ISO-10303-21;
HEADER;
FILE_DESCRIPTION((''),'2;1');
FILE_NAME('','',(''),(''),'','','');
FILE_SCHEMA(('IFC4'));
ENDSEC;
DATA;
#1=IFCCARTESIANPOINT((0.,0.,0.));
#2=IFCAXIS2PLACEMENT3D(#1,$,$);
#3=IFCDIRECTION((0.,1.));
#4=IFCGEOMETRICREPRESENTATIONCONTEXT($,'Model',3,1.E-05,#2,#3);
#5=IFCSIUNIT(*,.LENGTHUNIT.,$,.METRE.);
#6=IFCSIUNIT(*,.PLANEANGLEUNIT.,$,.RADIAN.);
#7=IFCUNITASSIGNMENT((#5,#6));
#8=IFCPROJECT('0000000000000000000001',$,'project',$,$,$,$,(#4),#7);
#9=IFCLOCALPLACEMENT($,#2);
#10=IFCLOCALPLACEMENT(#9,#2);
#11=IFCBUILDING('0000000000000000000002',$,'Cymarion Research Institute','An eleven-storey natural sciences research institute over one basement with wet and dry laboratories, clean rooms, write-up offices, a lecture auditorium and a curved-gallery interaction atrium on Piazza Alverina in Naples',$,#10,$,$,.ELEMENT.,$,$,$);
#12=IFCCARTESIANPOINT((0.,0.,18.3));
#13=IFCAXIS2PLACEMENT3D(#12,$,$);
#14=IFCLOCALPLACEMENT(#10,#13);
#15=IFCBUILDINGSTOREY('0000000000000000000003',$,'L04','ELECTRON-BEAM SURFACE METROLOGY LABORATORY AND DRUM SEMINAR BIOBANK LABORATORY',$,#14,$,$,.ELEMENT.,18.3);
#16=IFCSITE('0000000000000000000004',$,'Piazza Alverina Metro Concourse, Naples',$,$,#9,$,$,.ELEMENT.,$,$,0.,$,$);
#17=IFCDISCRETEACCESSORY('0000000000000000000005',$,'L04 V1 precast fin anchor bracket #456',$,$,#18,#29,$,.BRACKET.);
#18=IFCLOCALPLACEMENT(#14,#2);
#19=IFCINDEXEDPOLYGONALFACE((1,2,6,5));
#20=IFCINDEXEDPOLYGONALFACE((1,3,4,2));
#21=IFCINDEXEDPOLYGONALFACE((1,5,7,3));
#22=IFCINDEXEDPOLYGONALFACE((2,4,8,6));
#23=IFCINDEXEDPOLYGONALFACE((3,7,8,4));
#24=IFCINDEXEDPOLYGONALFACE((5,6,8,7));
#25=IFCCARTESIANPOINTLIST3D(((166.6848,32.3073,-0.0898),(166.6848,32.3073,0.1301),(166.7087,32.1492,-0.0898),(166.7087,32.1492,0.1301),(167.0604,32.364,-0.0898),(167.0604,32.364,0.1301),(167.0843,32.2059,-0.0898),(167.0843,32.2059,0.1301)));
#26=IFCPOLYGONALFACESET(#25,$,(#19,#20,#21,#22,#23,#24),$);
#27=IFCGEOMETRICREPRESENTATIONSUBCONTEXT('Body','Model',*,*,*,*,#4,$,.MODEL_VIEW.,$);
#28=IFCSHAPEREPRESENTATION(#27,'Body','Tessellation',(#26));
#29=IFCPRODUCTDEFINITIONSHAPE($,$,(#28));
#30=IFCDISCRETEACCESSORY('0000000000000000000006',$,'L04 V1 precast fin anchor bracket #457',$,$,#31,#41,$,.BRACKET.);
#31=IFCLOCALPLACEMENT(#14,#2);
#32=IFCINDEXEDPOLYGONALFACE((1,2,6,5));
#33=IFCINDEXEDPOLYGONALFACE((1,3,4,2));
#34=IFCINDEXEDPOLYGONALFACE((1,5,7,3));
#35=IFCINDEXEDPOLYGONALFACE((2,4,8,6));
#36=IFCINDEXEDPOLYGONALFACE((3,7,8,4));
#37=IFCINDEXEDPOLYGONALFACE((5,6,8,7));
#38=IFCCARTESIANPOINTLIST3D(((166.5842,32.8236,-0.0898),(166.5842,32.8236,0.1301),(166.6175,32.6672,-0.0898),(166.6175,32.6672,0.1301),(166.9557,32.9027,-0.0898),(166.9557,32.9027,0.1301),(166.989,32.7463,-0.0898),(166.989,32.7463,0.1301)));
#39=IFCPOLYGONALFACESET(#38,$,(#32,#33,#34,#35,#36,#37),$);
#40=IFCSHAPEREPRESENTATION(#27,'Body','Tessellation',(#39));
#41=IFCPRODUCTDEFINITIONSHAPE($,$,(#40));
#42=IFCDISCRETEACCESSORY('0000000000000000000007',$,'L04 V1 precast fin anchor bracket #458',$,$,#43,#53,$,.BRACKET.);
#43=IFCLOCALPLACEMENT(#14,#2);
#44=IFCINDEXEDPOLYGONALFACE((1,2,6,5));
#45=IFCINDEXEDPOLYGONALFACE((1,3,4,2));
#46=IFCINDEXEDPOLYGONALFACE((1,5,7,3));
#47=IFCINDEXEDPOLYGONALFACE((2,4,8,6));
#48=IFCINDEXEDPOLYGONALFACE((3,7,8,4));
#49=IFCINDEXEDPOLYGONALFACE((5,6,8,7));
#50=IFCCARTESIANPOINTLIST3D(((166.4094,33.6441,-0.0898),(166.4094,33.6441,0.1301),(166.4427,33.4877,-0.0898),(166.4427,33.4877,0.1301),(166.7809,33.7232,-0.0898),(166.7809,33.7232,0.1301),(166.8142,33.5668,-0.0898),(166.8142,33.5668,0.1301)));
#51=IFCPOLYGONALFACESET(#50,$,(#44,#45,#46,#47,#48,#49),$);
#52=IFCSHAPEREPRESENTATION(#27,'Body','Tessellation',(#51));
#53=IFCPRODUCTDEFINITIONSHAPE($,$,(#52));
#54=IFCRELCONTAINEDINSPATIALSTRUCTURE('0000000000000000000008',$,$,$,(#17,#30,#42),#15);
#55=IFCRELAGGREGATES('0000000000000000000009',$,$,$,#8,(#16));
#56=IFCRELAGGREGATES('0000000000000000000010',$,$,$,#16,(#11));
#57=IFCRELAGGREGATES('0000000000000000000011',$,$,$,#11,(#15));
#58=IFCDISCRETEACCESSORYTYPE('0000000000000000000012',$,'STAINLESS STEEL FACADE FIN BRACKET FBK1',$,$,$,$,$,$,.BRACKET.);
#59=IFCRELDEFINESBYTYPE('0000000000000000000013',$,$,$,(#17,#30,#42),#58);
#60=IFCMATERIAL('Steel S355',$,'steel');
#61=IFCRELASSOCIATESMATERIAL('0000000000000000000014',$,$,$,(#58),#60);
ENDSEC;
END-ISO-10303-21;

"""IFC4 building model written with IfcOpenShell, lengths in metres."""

from ifc_helpers import new_model, si_unit, direction, frame, origin, origin_2d, place, context, subcontext, project, spatial, rectangle, extrude, material, type_object, element, save


model = new_model("IFC4")

# Units and contexts
model_context = context("Model", 3, precision=1e-05, world=origin(), true_north=direction((0.0, 1.0)))
body_context = subcontext(model_context, "Body", "Model", "MODEL_VIEW")
ifc_project = project(units=[si_unit("LENGTHUNIT", "METRE"), si_unit("PLANEANGLEUNIT", "RADIAN")], contexts=[model_context])

# Site, building, storey
site_placement = place(None, origin())
site = spatial("IfcSite", under=ifc_project, at=site_placement, Name="Piazza Alverina Metro Concourse, Naples", CompositionType="ELEMENT", RefElevation=0.0)
building_placement = place(site_placement, origin())
building = spatial("IfcBuilding", under=site, at=building_placement, Name="Cymarion Research Institute", Description="An eleven-storey natural sciences research institute over one basement with wet and dry laboratories, clean rooms, write-up offices, a lecture auditorium and a curved-gallery interaction atrium on Piazza Alverina in Naples", CompositionType="ELEMENT")
storey_placement = place(building_placement, frame((0.0, 0.0, 18.3)))
storey = spatial("IfcBuildingStorey", under=building, at=storey_placement, Name="L04", Description="ELECTRON-BEAM SURFACE METROLOGY LABORATORY AND DRUM SEMINAR BIOBANK LABORATORY", CompositionType="ELEMENT", Elevation=18.3)

# Discrete accessories
ifc_material_1 = material(Name="Steel S355", Category="steel")
discrete_accessory_type = type_object("IfcDiscreteAccessoryType", Name="STAINLESS STEEL FACADE FIN BRACKET FBK1", PredefinedType="BRACKET", material=ifc_material_1)
for number, where, z_axis, x_axis, name in (
    (1, (166.8845, 32.2566, -0.0898), (0.0, 0.0, 1.0), (0.988782, 0.149363, 0.0), "L04 V1 precast fin anchor bracket #456"),
    (2, (166.7866, 32.7849, -0.0898), (0.0, 0.0, 1.0), (0.978075, 0.208253, 0.0), "L04 V1 precast fin anchor bracket #457"),
    (3, (166.6118, 33.6055, -0.0898), (0.0, 0.0, 1.0), (0.978075, 0.208253, 0.0), "L04 V1 precast fin anchor bracket #458"),
):
    element("IfcDiscreteAccessory", number, at=place(storey_placement, frame(where, z_axis=z_axis, x_axis=x_axis)), inside=storey, type_object=discrete_accessory_type, Name=name, PredefinedType="BRACKET", context=body_context, shape_type="SweptSolid", body=[
        extrude(rectangle(XDim=0.3799, YDim=0.1599, at=origin_2d()), origin(), (0.0, 0.0, 1.0), 0.22),
    ])

save(model, "model.ifc")
